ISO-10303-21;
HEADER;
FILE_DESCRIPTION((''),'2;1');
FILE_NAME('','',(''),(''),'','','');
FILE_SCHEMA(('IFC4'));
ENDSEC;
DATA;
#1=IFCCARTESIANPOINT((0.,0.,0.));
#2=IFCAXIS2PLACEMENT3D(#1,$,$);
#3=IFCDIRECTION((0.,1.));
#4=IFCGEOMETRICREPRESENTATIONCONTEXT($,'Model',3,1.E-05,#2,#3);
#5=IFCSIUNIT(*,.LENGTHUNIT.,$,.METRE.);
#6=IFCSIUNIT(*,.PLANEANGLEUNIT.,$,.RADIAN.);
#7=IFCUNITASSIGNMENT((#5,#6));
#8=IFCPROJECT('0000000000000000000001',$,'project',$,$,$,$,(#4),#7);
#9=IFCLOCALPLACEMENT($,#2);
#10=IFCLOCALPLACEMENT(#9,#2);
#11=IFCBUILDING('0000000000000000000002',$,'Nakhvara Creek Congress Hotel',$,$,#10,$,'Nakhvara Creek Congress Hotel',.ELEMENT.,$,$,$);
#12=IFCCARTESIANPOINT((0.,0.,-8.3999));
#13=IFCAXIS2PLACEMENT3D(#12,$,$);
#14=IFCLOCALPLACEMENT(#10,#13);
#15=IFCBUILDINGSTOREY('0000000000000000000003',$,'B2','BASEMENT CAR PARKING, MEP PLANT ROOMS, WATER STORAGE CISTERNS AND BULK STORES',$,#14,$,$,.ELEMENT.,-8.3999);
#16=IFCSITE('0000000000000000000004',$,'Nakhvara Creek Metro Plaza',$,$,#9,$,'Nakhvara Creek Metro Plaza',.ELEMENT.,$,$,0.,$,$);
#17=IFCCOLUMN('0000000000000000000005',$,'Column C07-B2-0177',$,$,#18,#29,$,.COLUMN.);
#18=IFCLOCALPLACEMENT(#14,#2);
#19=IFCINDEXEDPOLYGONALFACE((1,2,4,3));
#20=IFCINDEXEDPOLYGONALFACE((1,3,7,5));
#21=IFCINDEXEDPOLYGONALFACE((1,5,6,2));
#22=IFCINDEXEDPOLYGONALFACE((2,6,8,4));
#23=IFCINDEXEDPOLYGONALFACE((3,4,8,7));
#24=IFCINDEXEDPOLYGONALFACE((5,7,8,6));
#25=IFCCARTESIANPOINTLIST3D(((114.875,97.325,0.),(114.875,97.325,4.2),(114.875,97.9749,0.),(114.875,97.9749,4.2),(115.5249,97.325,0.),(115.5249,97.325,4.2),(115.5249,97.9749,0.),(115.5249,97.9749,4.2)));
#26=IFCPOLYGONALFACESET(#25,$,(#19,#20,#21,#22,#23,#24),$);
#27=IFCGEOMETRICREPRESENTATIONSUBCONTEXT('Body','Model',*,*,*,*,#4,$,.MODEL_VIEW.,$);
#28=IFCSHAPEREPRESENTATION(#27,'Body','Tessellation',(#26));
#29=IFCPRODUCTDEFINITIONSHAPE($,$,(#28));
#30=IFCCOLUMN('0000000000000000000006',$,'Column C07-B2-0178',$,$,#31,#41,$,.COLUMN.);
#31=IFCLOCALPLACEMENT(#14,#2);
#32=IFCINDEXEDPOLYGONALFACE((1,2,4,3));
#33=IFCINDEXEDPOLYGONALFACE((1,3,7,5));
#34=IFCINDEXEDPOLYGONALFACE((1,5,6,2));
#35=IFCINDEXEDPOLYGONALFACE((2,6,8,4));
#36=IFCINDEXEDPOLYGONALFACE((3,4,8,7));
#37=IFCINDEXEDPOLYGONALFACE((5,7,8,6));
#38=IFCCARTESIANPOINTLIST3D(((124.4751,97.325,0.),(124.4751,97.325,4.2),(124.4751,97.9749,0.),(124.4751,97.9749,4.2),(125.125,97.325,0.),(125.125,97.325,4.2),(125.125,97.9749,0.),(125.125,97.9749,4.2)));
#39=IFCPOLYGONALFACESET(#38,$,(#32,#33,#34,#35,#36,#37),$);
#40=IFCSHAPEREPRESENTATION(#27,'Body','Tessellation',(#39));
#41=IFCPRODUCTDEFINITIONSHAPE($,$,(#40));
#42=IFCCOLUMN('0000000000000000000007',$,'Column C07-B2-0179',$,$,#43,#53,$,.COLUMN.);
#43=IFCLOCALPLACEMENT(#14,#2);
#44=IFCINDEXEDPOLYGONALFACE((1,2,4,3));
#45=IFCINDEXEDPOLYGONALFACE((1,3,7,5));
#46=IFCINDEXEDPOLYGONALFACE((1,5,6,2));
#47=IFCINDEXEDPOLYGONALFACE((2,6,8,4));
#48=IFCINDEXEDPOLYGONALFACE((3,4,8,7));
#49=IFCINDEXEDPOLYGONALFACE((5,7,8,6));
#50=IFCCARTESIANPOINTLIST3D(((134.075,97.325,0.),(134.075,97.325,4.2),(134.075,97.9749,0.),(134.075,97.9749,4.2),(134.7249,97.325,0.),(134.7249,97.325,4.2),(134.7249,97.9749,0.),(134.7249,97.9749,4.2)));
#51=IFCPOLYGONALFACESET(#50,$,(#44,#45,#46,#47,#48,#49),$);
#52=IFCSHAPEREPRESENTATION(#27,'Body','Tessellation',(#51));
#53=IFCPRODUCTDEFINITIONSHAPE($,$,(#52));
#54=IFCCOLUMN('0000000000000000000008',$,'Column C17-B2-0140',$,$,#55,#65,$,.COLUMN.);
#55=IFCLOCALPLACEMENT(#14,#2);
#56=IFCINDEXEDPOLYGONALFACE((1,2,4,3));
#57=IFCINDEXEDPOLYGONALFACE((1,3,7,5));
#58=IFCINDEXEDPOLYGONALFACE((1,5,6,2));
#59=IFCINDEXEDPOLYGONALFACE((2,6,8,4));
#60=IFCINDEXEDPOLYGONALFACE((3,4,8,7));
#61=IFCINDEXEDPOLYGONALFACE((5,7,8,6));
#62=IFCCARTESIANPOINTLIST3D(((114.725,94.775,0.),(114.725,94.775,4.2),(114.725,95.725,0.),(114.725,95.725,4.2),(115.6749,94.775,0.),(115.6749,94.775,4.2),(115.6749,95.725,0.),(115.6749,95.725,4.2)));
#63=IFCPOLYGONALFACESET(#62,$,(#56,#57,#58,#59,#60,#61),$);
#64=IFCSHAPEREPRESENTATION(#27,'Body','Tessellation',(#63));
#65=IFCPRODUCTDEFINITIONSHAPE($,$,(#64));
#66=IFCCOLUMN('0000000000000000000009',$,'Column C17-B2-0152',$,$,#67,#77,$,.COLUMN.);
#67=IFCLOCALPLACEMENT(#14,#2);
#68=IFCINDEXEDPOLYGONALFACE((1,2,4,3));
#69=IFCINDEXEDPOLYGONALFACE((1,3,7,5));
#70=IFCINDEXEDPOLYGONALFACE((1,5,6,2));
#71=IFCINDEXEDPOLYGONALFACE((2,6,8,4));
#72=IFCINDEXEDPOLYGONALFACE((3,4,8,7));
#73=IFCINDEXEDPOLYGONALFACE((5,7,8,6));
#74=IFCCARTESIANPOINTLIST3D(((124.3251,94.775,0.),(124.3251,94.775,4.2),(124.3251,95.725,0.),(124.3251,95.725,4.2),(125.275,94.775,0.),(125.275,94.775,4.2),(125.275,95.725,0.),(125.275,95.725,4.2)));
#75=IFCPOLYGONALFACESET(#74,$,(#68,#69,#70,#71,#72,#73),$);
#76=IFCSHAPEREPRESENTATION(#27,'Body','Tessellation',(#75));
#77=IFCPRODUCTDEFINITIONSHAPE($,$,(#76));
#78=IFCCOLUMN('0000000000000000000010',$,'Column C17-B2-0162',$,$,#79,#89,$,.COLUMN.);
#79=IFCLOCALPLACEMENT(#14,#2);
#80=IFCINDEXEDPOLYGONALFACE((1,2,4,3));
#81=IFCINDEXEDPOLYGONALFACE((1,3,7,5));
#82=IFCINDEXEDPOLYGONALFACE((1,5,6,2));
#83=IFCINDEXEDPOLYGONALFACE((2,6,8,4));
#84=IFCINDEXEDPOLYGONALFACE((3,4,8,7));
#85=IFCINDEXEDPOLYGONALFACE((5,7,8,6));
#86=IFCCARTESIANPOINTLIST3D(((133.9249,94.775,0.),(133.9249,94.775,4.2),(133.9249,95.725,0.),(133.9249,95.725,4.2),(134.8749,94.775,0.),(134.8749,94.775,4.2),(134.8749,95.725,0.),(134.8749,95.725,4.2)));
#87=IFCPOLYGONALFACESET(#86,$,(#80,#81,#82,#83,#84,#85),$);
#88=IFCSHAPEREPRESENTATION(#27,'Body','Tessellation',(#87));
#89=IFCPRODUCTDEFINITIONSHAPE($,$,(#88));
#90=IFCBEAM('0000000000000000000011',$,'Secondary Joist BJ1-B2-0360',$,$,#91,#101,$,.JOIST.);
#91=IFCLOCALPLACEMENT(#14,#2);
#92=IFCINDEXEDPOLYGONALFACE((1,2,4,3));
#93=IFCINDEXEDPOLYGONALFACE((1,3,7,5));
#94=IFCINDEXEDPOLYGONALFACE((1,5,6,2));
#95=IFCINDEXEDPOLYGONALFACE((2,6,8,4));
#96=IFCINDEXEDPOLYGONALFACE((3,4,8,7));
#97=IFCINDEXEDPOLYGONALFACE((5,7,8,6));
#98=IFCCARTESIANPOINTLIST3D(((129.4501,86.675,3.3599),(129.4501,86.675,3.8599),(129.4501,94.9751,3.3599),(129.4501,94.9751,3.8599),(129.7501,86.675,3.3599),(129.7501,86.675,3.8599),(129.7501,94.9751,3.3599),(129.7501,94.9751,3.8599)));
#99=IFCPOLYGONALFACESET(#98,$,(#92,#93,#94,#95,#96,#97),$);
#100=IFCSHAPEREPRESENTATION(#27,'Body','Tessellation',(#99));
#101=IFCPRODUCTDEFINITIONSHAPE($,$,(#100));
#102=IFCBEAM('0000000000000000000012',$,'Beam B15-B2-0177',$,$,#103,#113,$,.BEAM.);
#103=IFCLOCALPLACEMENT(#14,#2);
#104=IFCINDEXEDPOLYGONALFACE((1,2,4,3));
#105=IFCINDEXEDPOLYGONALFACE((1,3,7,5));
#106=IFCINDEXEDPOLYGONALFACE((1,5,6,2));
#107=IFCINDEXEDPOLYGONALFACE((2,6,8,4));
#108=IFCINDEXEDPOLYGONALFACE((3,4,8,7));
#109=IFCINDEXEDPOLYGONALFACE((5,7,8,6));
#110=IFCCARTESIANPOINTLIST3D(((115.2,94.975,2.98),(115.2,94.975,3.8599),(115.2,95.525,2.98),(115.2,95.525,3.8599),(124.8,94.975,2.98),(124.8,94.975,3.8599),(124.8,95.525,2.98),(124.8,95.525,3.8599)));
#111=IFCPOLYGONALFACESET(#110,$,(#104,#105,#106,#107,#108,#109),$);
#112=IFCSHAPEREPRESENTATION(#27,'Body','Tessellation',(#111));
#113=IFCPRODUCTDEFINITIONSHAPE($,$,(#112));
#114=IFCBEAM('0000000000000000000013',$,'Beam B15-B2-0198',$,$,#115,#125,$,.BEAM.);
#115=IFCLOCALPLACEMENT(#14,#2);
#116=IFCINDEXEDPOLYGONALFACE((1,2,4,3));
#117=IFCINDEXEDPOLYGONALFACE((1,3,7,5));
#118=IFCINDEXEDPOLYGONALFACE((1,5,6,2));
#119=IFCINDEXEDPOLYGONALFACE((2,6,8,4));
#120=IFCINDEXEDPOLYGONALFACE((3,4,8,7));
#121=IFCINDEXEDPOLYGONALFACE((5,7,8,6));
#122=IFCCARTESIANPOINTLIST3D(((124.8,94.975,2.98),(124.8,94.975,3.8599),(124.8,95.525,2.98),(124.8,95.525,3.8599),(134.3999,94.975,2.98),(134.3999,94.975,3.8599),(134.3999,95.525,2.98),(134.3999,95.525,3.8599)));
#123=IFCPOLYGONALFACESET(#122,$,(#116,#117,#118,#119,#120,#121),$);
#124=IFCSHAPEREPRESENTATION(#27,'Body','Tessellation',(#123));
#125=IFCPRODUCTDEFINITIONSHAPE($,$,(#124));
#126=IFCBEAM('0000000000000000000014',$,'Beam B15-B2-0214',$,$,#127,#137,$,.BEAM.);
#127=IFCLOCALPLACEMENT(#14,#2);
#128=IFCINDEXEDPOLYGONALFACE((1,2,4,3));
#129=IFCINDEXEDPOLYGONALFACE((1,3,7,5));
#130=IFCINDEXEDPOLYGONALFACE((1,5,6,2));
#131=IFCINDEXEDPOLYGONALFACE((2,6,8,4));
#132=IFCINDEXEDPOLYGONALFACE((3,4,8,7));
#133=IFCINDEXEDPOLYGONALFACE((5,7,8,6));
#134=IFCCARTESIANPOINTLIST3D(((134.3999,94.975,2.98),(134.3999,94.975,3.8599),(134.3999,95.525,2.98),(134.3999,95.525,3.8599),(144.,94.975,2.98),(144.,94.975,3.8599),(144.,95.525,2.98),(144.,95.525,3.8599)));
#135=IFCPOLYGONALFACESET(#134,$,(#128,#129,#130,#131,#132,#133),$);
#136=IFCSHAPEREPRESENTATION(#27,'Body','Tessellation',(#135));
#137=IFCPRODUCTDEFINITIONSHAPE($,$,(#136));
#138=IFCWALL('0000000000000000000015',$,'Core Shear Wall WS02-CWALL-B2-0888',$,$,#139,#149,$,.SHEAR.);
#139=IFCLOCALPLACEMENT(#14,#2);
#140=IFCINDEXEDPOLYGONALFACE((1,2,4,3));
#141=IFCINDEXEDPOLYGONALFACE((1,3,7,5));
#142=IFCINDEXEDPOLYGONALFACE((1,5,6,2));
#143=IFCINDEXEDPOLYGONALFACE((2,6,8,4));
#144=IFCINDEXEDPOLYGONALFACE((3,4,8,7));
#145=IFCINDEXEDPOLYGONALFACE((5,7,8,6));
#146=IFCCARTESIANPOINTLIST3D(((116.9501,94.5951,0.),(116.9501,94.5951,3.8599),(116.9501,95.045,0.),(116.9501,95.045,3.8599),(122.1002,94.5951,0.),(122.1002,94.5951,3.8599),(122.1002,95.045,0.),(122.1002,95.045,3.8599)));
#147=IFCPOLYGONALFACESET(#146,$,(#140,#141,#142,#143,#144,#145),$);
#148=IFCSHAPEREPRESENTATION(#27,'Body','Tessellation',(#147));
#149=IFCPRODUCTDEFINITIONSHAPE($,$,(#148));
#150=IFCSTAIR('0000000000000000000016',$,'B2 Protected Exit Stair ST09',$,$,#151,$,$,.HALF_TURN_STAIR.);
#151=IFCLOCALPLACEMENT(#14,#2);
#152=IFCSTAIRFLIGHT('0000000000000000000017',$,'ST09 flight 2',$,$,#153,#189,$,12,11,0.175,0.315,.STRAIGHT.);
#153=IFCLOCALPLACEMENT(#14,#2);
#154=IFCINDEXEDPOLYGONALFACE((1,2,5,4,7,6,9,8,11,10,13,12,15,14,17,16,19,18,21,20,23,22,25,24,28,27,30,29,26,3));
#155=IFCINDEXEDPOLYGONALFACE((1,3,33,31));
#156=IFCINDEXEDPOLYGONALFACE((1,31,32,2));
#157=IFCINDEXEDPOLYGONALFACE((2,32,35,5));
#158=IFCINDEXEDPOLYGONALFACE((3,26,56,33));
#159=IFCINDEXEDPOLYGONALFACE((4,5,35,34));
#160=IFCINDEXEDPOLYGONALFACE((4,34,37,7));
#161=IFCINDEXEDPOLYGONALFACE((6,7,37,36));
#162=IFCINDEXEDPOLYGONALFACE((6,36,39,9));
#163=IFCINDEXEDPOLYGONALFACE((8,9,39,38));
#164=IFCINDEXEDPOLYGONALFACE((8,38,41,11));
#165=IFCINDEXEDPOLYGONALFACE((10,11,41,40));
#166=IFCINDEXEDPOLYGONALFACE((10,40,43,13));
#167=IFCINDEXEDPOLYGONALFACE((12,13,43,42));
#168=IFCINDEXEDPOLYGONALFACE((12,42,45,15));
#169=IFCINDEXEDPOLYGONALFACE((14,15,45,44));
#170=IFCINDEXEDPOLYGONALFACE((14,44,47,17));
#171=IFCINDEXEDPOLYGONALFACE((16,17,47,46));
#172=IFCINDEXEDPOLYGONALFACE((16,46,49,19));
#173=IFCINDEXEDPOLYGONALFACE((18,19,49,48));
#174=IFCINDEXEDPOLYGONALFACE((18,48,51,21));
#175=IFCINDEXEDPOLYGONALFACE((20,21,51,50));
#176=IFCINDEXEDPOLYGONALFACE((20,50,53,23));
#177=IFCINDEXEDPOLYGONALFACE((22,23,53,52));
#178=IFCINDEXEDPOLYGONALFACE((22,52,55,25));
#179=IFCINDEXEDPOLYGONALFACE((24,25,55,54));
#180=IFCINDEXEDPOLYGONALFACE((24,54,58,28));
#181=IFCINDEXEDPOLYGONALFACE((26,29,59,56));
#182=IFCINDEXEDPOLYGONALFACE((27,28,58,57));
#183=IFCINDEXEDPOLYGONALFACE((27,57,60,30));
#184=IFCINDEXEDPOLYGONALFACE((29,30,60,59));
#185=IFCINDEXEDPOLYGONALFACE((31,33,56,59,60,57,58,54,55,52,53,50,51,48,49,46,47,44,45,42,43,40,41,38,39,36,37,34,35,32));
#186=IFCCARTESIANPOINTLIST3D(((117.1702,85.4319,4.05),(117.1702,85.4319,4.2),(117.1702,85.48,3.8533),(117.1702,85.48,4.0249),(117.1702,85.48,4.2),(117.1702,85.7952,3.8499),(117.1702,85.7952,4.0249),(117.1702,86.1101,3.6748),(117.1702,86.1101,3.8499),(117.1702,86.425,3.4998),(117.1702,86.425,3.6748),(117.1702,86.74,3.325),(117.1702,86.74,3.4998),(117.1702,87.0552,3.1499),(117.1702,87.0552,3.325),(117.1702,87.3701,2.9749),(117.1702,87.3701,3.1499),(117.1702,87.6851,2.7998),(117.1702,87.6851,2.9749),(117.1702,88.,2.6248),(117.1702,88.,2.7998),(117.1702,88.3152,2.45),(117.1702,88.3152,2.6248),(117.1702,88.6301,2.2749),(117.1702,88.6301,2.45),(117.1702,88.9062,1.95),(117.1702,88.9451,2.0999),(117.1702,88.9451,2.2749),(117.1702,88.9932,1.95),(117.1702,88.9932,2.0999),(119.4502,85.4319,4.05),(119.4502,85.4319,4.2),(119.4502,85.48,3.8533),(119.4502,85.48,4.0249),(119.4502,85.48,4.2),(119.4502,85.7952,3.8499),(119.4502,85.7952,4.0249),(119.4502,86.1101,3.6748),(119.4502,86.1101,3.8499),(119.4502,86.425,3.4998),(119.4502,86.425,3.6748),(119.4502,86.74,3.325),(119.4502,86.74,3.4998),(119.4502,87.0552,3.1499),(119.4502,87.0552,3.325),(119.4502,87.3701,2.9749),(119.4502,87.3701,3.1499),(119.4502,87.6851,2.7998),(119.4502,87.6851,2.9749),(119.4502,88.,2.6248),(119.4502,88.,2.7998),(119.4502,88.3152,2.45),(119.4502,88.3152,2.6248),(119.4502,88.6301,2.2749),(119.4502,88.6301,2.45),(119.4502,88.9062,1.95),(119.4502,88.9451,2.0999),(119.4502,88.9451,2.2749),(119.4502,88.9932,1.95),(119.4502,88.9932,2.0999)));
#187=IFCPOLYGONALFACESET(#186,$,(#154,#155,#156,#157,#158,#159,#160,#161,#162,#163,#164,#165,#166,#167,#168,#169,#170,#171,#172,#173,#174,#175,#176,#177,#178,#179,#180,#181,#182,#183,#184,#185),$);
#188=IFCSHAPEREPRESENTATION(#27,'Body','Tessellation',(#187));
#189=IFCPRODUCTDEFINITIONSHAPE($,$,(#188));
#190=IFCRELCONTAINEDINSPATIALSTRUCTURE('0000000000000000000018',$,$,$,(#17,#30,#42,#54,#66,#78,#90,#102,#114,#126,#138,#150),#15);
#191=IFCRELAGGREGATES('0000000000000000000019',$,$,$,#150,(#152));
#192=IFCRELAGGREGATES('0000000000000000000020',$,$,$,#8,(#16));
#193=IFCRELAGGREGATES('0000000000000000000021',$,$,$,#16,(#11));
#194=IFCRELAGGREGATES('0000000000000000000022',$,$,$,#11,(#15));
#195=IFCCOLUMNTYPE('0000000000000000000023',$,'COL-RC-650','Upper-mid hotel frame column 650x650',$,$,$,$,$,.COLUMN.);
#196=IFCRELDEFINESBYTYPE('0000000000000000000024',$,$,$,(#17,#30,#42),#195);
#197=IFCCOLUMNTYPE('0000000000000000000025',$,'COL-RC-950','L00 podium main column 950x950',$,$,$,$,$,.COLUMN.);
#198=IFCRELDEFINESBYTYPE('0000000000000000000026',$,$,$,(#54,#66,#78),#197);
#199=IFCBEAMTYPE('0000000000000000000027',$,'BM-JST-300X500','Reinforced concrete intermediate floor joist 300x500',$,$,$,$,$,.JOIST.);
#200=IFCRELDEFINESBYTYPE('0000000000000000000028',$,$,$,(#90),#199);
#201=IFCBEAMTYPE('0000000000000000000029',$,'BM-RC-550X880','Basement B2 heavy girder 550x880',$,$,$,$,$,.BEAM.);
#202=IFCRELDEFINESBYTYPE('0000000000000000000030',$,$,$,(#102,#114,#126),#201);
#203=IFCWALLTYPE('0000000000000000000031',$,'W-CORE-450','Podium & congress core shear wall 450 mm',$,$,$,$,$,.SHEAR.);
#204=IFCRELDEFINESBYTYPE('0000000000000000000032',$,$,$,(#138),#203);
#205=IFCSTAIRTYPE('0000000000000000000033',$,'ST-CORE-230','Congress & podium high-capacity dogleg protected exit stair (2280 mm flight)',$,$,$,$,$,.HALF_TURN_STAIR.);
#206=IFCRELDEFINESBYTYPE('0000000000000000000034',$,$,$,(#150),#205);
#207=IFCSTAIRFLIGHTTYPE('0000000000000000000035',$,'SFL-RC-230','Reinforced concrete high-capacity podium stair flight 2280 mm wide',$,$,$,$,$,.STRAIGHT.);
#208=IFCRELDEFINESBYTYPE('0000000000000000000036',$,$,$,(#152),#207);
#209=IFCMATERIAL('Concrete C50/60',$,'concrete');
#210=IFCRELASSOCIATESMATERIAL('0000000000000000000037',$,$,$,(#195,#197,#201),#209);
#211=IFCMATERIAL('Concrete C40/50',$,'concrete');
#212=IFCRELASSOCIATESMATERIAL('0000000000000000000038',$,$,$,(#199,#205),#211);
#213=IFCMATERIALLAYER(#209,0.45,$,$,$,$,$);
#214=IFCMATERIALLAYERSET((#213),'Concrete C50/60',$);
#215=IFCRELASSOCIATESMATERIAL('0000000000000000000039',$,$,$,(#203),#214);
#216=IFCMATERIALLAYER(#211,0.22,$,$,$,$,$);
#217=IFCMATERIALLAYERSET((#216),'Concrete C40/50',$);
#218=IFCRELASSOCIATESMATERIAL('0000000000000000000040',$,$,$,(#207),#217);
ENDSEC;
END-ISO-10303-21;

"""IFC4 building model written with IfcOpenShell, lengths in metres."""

from ifc_helpers import new_model, si_unit, direction, frame, frame_2d, origin, origin_2d, place, context, subcontext, project, spatial, polyline, rectangle, outline, extrude, material, layer, layer_set, material_profile, profile_set, type_object, element, aggregate, save


model = new_model("IFC4")

# Units and contexts
model_context = context("Model", 3, precision=1e-05, world=origin(), true_north=direction((0.0, 1.0)))
body_context = subcontext(model_context, "Body", "Model", "MODEL_VIEW")
ifc_project = project(units=[si_unit("LENGTHUNIT", "METRE"), si_unit("PLANEANGLEUNIT", "RADIAN")], contexts=[model_context])

# Site, building, storey
site_placement = place(None, origin())
site = spatial("IfcSite", under=ifc_project, at=site_placement, Name="Nakhvara Creek Metro Plaza", LongName="Nakhvara Creek Metro Plaza", CompositionType="ELEMENT", RefElevation=0.0)
building_placement = place(site_placement, origin())
building = spatial("IfcBuilding", under=site, at=building_placement, Name="Nakhvara Creek Congress Hotel", LongName="Nakhvara Creek Congress Hotel", CompositionType="ELEMENT")
storey_placement = place(building_placement, frame((0.0, 0.0, -8.3999)))
storey = spatial("IfcBuildingStorey", under=building, at=storey_placement, Name="B2", Description="BASEMENT CAR PARKING, MEP PLANT ROOMS, WATER STORAGE CISTERNS AND BULK STORES", CompositionType="ELEMENT", Elevation=-8.3999)

# Shared definitions
ifc_material_1 = material(Name="Concrete C40/50", Category="concrete")

# Columns
ifc_material_2 = material(Name="Concrete C50/60", Category="concrete")
ifc_material_profile_1 = material_profile(ifc_material_2, rectangle(XDim=0.6499, YDim=0.6499, at=origin_2d()), Name="RC-COL 650x650", Category="LoadBearing")
ifc_profile_set_1 = profile_set([ifc_material_profile_1], Name="Concrete C50/60")
column_type_1 = type_object("IfcColumnType", Name="COL-RC-650", Description="Upper-mid hotel frame column 650x650", PredefinedType="COLUMN", material=ifc_profile_set_1)
for number, where, z_axis, x_axis, name in (
    (1, (115.2, 97.6499, 0.0), (0.0, 0.0, 1.0), (1.0, 0.0, 0.0), "Column C07-B2-0177"),
    (2, (124.8, 97.6499, 0.0), (0.0, 0.0, 1.0), (1.0, 0.0, 0.0), "Column C07-B2-0178"),
    (3, (134.3999, 97.6499, 0.0), (0.0, 0.0, 1.0), (1.0, 0.0, 0.0), "Column C07-B2-0179"),
):
    element("IfcColumn", number, at=place(storey_placement, frame(where, z_axis=z_axis, x_axis=x_axis)), inside=storey, type_object=column_type_1, Name=name, PredefinedType="COLUMN", context=body_context, shape_type="SweptSolid", body=[
        extrude(rectangle(XDim=0.6499, YDim=0.6499, at=origin_2d()), origin(), (0.0, 0.0, 1.0), 4.2),
    ])
ifc_material_profile_2 = material_profile(ifc_material_2, rectangle(XDim=0.95, YDim=0.95, at=origin_2d()), Name="RC-COL 950x950", Category="LoadBearing")
ifc_profile_set_2 = profile_set([ifc_material_profile_2], Name="Concrete C50/60")
column_type_2 = type_object("IfcColumnType", Name="COL-RC-950", Description="L00 podium main column 950x950", PredefinedType="COLUMN", material=ifc_profile_set_2)
for number, where, z_axis, x_axis, name in (
    (4, (115.2, 95.25, 0.0), (0.0, 0.0, 1.0), (1.0, 0.0, 0.0), "Column C17-B2-0140"),
    (5, (124.8, 95.25, 0.0), (0.0, 0.0, 1.0), (1.0, 0.0, 0.0), "Column C17-B2-0152"),
    (6, (134.3999, 95.25, 0.0), (0.0, 0.0, 1.0), (1.0, 0.0, 0.0), "Column C17-B2-0162"),
):
    element("IfcColumn", number, at=place(storey_placement, frame(where, z_axis=z_axis, x_axis=x_axis)), inside=storey, type_object=column_type_2, Name=name, PredefinedType="COLUMN", context=body_context, shape_type="SweptSolid", body=[
        extrude(rectangle(XDim=0.95, YDim=0.95, at=origin_2d()), origin(), (0.0, 0.0, 1.0), 4.2),
    ])

# Beams
ifc_material_profile_3 = material_profile(ifc_material_1, rectangle(XDim=0.3, YDim=0.5, at=origin_2d()), Name="RC-BM 300x500", Category="LoadBearing")
ifc_profile_set_3 = profile_set([ifc_material_profile_3], Name="Concrete C40/50")
beam_type_1 = type_object("IfcBeamType", Name="BM-JST-300X500", Description="Reinforced concrete intermediate floor joist 300x500", PredefinedType="JOIST", material=ifc_profile_set_3)
beam_1_placement = place(storey_placement, frame((129.6001, 86.675, 3.6099), z_axis=(0.0, 1.0, 0.0), x_axis=(-1.0, 0.0, 0.0)))
element("IfcBeam", 7, at=beam_1_placement, inside=storey, type_object=beam_type_1, Name="Secondary Joist BJ1-B2-0360", PredefinedType="JOIST", context=body_context, shape_type="SweptSolid", body=[
    extrude(rectangle(XDim=0.3, YDim=0.5, at=origin_2d()), origin(), (0.0, 0.0, 1.0), 8.3),
])
ifc_material_profile_4 = material_profile(ifc_material_2, rectangle(XDim=0.55, YDim=0.8799, at=origin_2d()), Name="RC-BM 550x880", Category="LoadBearing")
ifc_profile_set_4 = profile_set([ifc_material_profile_4], Name="Concrete C50/60")
beam_type_2 = type_object("IfcBeamType", Name="BM-RC-550X880", Description="Basement B2 heavy girder 550x880", PredefinedType="BEAM", material=ifc_profile_set_4)
beam_2_placement = place(storey_placement, frame((115.2, 95.25, 3.4199), z_axis=(1.0, 0.0, 0.0), x_axis=(0.0, 1.0, 0.0)))
element("IfcBeam", 8, at=beam_2_placement, inside=storey, type_object=beam_type_2, Name="Beam B15-B2-0177", PredefinedType="BEAM", context=body_context, shape_type="SweptSolid", body=[
    extrude(rectangle(XDim=0.55, YDim=0.8799, at=origin_2d()), origin(), (0.0, 0.0, 1.0), 9.6001),
])
beam_3_placement = place(storey_placement, frame((124.8, 95.25, 3.4199), z_axis=(1.0, 0.0, 0.0), x_axis=(0.0, 1.0, 0.0)))
element("IfcBeam", 9, at=beam_3_placement, inside=storey, type_object=beam_type_2, Name="Beam B15-B2-0198", PredefinedType="BEAM", context=body_context, shape_type="SweptSolid", body=[
    extrude(rectangle(XDim=0.55, YDim=0.8799, at=origin_2d()), origin(), (0.0, 0.0, 1.0), 9.5999),
])
beam_4_placement = place(storey_placement, frame((134.3999, 95.25, 3.4199), z_axis=(1.0, 0.0, 0.0), x_axis=(0.0, 1.0, 0.0)))
element("IfcBeam", 10, at=beam_4_placement, inside=storey, type_object=beam_type_2, Name="Beam B15-B2-0214", PredefinedType="BEAM", context=body_context, shape_type="SweptSolid", body=[
    extrude(rectangle(XDim=0.55, YDim=0.8799, at=origin_2d()), origin(), (0.0, 0.0, 1.0), 9.6001),
])

# Wall
ifc_layer_1 = layer(ifc_material_2, 0.45)
ifc_layer_set_1 = layer_set([ifc_layer_1], Name="Concrete C50/60")
wall_type = type_object("IfcWallType", Name="W-CORE-450", Description="Podium & congress core shear wall 450 mm", PredefinedType="SHEAR", material=ifc_layer_set_1)
wall_placement = place(storey_placement, frame((116.95, 94.8201, 0.0), z_axis=(0.0, 0.0, 1.0), x_axis=(1.0, 0.0, 0.0)))
element("IfcWall", 11, at=wall_placement, inside=storey, type_object=wall_type, Name="Core Shear Wall WS02-CWALL-B2-0888", PredefinedType="SHEAR", context=body_context, shape_type="SweptSolid", body=[
    extrude(rectangle(XDim=5.1501, YDim=0.45, at=frame_2d((2.5752, 0.0))), origin(), (0.0, 0.0, 1.0), 3.8599),
])

# Stair, stair flight
stair_type = type_object("IfcStairType", Name="ST-CORE-230", Description="Congress & podium high-capacity dogleg protected exit stair (2280 mm flight)", PredefinedType="HALF_TURN_STAIR", material=ifc_material_1)
stair_placement = place(storey_placement, origin())
stair = element("IfcStair", 12, at=stair_placement, inside=storey, type_object=stair_type, Name="B2 Protected Exit Stair ST09", PredefinedType="HALF_TURN_STAIR")
ifc_layer_2 = layer(ifc_material_1, 0.22)
ifc_layer_set_2 = layer_set([ifc_layer_2], Name="Concrete C40/50")
stair_flight_type = type_object("IfcStairFlightType", Name="SFL-RC-230", Description="Reinforced concrete high-capacity podium stair flight 2280 mm wide", PredefinedType="STRAIGHT", material=ifc_layer_set_2)
stair_flight_placement = place(storey_placement, frame((118.3101, 88.9451, 2.0999), z_axis=(0.0, 0.0, 1.0), x_axis=(0.0, -1.0, 0.0)))
stair_flight = element("IfcStairFlight", 13, at=stair_flight_placement, type_object=stair_flight_type, Name="ST09 flight 2", NumberOfRisers=12, NumberOfTreads=11, PredefinedType="STRAIGHT", RiserHeight=0.175, TreadLength=0.315, context=body_context, shape_type="SweptSolid", body=[
    extrude(outline(polyline([(-0.0481, 0.0), (0.0, 0.0), (0.0, 0.175), (0.3149, 0.175), (0.3149, 0.3501), (0.6299, 0.3501), (0.6299, 0.5249), (0.9451, 0.5249), (0.9451, 0.7), (1.26, 0.7), (1.26, 0.875), (1.575, 0.875), (1.575, 1.05), (1.8899, 1.05), (1.8899, 1.2251), (2.2051, 1.2251), (2.2051, 1.3999), (2.52, 1.3999), (2.52, 1.575), (2.835, 1.575), (2.835, 1.75), (3.1499, 1.75), (3.1499, 1.925), (3.4651, 1.925), (3.4651, 2.1001), (3.5132, 2.1001), (3.5132, 1.9502), (3.4651, 1.7534), (0.0388, -0.1499), (-0.0481, -0.1499), (-0.0481, 0.0)])), frame((0.0, 1.1401, 0.0), z_axis=(0.0, -1.0, 0.0), x_axis=(1.0, 0.0, 0.0)), (0.0, 0.0, 1.0), 2.28),
])
aggregate(stair, [stair_flight])

save(model, "model.ifc")
